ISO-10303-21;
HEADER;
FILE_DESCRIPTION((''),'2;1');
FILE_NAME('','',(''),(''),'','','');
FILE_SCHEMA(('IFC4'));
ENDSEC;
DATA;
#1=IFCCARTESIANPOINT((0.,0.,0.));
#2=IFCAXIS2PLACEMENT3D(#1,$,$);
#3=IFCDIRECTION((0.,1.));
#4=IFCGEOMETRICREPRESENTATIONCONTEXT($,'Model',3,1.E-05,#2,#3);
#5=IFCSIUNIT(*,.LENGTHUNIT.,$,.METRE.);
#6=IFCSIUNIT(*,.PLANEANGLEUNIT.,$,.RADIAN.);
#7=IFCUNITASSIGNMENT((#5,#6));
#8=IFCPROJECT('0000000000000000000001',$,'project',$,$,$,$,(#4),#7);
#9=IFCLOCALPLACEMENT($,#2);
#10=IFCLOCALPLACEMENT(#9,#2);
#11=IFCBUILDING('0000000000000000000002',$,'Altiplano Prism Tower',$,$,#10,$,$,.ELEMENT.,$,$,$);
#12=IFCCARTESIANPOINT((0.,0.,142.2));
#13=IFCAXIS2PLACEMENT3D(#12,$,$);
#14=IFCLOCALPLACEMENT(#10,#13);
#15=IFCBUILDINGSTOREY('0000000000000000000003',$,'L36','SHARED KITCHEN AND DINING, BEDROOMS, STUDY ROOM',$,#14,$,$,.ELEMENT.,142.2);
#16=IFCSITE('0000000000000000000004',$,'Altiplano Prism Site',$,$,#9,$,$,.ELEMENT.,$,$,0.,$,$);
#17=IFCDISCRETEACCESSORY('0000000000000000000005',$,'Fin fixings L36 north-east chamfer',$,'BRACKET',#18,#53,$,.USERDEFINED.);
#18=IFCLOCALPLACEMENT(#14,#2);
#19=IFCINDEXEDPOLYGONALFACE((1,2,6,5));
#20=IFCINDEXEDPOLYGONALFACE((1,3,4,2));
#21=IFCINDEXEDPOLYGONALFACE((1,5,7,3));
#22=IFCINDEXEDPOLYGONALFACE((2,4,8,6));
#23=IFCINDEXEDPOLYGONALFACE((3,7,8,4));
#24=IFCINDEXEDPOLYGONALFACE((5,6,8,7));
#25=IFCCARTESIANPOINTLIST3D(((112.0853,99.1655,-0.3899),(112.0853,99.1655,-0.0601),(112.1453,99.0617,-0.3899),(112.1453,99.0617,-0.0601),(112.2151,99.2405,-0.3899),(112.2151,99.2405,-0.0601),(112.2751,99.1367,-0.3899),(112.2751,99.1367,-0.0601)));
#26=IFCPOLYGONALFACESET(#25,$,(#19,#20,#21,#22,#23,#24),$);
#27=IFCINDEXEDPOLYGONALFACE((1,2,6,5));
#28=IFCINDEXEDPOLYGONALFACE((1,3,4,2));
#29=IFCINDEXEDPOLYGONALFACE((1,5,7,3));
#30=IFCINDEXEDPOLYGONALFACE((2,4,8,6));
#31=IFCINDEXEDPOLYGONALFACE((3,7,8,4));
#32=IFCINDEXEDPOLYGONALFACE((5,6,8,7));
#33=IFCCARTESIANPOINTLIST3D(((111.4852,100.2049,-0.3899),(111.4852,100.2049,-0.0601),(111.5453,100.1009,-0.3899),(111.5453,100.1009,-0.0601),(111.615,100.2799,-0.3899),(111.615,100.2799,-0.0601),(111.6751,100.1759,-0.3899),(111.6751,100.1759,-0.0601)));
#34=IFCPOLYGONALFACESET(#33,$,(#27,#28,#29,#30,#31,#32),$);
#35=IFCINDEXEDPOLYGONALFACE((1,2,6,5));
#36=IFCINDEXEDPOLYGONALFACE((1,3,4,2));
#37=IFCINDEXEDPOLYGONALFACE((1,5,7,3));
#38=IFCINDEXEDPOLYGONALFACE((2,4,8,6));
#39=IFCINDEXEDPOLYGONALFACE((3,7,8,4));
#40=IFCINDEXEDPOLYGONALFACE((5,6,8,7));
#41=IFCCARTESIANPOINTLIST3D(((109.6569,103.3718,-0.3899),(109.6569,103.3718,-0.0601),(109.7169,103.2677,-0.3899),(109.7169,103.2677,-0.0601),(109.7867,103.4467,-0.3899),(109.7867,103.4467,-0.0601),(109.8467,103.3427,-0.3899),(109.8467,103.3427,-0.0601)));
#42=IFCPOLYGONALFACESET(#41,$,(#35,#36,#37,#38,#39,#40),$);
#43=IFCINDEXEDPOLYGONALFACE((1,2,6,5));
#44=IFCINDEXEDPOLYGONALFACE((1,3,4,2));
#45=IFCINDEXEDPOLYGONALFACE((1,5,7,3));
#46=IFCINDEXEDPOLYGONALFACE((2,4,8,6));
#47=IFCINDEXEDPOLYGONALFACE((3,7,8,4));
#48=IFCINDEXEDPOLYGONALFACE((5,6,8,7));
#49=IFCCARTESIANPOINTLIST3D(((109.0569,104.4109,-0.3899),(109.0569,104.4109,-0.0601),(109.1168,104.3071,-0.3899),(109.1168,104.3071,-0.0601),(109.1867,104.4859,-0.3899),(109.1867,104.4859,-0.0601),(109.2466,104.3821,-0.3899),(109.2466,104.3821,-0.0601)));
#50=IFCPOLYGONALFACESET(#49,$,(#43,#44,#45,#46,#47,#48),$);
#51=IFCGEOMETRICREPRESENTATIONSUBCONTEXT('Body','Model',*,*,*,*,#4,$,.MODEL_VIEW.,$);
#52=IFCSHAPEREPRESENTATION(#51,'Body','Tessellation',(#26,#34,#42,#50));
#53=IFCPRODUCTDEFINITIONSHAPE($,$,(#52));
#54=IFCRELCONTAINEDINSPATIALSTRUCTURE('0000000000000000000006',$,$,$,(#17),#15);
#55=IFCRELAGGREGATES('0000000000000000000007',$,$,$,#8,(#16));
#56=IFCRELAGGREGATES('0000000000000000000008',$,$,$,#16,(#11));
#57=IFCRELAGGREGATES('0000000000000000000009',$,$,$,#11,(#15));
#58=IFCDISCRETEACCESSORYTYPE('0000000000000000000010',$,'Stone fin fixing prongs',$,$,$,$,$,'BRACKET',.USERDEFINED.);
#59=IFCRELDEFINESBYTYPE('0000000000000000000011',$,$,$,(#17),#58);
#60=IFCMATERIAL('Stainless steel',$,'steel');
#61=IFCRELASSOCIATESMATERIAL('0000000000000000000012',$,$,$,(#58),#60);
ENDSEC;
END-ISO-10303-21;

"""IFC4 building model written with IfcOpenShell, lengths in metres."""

from ifc_helpers import new_model, si_unit, direction, frame, origin, place, context, subcontext, project, spatial, polyline, outline, extrude, source, transform, mapped, material, type_object, element, save


model = new_model("IFC4")

# Units and contexts
model_context = context("Model", 3, precision=1e-05, world=origin(), true_north=direction((0.0, 1.0)))
body_context = subcontext(model_context, "Body", "Model", "MODEL_VIEW")
ifc_project = project(units=[si_unit("LENGTHUNIT", "METRE"), si_unit("PLANEANGLEUNIT", "RADIAN")], contexts=[model_context])

# Site, building, storey
site_placement = place(None, origin())
site = spatial("IfcSite", under=ifc_project, at=site_placement, Name="Altiplano Prism Site", CompositionType="ELEMENT", RefElevation=0.0)
building_placement = place(site_placement, origin())
building = spatial("IfcBuilding", under=site, at=building_placement, Name="Altiplano Prism Tower", CompositionType="ELEMENT")
storey_placement = place(building_placement, frame((0.0, 0.0, 142.2)))
storey = spatial("IfcBuildingStorey", under=building, at=storey_placement, Name="L36", Description="SHARED KITCHEN AND DINING, BEDROOMS, STUDY ROOM", CompositionType="ELEMENT", Elevation=142.2)

# Discrete accessory
ifc_material_1 = material(Name="Stainless steel", Category="steel")
discrete_accessory_type = type_object("IfcDiscreteAccessoryType", Name="Stone fin fixing prongs", ElementType="BRACKET", PredefinedType="USERDEFINED", material=ifc_material_1)
shared_shape_1 = source(origin(), body_context, "Body", "SweptSolid", [
    extrude(outline(polyline([(-3.0884, 0.0601), (-2.9685, 0.0601), (-2.9685, 0.3899), (-3.0884, 0.3899), (-3.0884, 0.0601)])), frame((0.0, 0.0, 0.0), z_axis=(0.0, -1.0, 0.0), x_axis=(1.0, 0.0, 0.0)), (0.0, 0.0, 1.0), 0.1499),
    extrude(outline(polyline([(-1.8884, 0.0601), (-1.7683, 0.0601), (-1.7683, 0.3899), (-1.8884, 0.3899), (-1.8884, 0.0601)])), frame((0.0, 0.0, 0.0), z_axis=(0.0, -1.0, 0.0), x_axis=(1.0, 0.0, 0.0)), (0.0, 0.0, 1.0), 0.1499),
    extrude(outline(polyline([(1.7683, 0.0601), (1.8884, 0.0601), (1.8884, 0.3899), (1.7683, 0.3899), (1.7683, 0.0601)])), frame((0.0, 0.0, 0.0), z_axis=(0.0, -1.0, 0.0), x_axis=(1.0, 0.0, 0.0)), (0.0, 0.0, 1.0), 0.1499),
    extrude(outline(polyline([(2.9685, 0.0601), (3.0884, 0.0601), (3.0884, 0.3899), (2.9685, 0.3899), (2.9685, 0.0601)])), frame((0.0, 0.0, 0.0), z_axis=(0.0, -1.0, 0.0), x_axis=(1.0, 0.0, 0.0)), (0.0, 0.0, 1.0), 0.1499),
])
discrete_accessory_1_placement = place(storey_placement, origin())
element("IfcDiscreteAccessory", 1, at=discrete_accessory_1_placement, inside=storey, type_object=discrete_accessory_type, Name="Fin fixings L36 north-east chamfer", ObjectType="BRACKET", PredefinedType="USERDEFINED", context=body_context, shape_type="MappedRepresentation", body=[
    mapped(shared_shape_1, transform((110.6011, 101.7363, -0.45), x_axis=(-0.5, 0.866025, 0.0), y_axis=(-0.866025, -0.5, 0.0), z_axis=(0.0, 0.0, 1.0))),
])

save(model, "model.ifc")
